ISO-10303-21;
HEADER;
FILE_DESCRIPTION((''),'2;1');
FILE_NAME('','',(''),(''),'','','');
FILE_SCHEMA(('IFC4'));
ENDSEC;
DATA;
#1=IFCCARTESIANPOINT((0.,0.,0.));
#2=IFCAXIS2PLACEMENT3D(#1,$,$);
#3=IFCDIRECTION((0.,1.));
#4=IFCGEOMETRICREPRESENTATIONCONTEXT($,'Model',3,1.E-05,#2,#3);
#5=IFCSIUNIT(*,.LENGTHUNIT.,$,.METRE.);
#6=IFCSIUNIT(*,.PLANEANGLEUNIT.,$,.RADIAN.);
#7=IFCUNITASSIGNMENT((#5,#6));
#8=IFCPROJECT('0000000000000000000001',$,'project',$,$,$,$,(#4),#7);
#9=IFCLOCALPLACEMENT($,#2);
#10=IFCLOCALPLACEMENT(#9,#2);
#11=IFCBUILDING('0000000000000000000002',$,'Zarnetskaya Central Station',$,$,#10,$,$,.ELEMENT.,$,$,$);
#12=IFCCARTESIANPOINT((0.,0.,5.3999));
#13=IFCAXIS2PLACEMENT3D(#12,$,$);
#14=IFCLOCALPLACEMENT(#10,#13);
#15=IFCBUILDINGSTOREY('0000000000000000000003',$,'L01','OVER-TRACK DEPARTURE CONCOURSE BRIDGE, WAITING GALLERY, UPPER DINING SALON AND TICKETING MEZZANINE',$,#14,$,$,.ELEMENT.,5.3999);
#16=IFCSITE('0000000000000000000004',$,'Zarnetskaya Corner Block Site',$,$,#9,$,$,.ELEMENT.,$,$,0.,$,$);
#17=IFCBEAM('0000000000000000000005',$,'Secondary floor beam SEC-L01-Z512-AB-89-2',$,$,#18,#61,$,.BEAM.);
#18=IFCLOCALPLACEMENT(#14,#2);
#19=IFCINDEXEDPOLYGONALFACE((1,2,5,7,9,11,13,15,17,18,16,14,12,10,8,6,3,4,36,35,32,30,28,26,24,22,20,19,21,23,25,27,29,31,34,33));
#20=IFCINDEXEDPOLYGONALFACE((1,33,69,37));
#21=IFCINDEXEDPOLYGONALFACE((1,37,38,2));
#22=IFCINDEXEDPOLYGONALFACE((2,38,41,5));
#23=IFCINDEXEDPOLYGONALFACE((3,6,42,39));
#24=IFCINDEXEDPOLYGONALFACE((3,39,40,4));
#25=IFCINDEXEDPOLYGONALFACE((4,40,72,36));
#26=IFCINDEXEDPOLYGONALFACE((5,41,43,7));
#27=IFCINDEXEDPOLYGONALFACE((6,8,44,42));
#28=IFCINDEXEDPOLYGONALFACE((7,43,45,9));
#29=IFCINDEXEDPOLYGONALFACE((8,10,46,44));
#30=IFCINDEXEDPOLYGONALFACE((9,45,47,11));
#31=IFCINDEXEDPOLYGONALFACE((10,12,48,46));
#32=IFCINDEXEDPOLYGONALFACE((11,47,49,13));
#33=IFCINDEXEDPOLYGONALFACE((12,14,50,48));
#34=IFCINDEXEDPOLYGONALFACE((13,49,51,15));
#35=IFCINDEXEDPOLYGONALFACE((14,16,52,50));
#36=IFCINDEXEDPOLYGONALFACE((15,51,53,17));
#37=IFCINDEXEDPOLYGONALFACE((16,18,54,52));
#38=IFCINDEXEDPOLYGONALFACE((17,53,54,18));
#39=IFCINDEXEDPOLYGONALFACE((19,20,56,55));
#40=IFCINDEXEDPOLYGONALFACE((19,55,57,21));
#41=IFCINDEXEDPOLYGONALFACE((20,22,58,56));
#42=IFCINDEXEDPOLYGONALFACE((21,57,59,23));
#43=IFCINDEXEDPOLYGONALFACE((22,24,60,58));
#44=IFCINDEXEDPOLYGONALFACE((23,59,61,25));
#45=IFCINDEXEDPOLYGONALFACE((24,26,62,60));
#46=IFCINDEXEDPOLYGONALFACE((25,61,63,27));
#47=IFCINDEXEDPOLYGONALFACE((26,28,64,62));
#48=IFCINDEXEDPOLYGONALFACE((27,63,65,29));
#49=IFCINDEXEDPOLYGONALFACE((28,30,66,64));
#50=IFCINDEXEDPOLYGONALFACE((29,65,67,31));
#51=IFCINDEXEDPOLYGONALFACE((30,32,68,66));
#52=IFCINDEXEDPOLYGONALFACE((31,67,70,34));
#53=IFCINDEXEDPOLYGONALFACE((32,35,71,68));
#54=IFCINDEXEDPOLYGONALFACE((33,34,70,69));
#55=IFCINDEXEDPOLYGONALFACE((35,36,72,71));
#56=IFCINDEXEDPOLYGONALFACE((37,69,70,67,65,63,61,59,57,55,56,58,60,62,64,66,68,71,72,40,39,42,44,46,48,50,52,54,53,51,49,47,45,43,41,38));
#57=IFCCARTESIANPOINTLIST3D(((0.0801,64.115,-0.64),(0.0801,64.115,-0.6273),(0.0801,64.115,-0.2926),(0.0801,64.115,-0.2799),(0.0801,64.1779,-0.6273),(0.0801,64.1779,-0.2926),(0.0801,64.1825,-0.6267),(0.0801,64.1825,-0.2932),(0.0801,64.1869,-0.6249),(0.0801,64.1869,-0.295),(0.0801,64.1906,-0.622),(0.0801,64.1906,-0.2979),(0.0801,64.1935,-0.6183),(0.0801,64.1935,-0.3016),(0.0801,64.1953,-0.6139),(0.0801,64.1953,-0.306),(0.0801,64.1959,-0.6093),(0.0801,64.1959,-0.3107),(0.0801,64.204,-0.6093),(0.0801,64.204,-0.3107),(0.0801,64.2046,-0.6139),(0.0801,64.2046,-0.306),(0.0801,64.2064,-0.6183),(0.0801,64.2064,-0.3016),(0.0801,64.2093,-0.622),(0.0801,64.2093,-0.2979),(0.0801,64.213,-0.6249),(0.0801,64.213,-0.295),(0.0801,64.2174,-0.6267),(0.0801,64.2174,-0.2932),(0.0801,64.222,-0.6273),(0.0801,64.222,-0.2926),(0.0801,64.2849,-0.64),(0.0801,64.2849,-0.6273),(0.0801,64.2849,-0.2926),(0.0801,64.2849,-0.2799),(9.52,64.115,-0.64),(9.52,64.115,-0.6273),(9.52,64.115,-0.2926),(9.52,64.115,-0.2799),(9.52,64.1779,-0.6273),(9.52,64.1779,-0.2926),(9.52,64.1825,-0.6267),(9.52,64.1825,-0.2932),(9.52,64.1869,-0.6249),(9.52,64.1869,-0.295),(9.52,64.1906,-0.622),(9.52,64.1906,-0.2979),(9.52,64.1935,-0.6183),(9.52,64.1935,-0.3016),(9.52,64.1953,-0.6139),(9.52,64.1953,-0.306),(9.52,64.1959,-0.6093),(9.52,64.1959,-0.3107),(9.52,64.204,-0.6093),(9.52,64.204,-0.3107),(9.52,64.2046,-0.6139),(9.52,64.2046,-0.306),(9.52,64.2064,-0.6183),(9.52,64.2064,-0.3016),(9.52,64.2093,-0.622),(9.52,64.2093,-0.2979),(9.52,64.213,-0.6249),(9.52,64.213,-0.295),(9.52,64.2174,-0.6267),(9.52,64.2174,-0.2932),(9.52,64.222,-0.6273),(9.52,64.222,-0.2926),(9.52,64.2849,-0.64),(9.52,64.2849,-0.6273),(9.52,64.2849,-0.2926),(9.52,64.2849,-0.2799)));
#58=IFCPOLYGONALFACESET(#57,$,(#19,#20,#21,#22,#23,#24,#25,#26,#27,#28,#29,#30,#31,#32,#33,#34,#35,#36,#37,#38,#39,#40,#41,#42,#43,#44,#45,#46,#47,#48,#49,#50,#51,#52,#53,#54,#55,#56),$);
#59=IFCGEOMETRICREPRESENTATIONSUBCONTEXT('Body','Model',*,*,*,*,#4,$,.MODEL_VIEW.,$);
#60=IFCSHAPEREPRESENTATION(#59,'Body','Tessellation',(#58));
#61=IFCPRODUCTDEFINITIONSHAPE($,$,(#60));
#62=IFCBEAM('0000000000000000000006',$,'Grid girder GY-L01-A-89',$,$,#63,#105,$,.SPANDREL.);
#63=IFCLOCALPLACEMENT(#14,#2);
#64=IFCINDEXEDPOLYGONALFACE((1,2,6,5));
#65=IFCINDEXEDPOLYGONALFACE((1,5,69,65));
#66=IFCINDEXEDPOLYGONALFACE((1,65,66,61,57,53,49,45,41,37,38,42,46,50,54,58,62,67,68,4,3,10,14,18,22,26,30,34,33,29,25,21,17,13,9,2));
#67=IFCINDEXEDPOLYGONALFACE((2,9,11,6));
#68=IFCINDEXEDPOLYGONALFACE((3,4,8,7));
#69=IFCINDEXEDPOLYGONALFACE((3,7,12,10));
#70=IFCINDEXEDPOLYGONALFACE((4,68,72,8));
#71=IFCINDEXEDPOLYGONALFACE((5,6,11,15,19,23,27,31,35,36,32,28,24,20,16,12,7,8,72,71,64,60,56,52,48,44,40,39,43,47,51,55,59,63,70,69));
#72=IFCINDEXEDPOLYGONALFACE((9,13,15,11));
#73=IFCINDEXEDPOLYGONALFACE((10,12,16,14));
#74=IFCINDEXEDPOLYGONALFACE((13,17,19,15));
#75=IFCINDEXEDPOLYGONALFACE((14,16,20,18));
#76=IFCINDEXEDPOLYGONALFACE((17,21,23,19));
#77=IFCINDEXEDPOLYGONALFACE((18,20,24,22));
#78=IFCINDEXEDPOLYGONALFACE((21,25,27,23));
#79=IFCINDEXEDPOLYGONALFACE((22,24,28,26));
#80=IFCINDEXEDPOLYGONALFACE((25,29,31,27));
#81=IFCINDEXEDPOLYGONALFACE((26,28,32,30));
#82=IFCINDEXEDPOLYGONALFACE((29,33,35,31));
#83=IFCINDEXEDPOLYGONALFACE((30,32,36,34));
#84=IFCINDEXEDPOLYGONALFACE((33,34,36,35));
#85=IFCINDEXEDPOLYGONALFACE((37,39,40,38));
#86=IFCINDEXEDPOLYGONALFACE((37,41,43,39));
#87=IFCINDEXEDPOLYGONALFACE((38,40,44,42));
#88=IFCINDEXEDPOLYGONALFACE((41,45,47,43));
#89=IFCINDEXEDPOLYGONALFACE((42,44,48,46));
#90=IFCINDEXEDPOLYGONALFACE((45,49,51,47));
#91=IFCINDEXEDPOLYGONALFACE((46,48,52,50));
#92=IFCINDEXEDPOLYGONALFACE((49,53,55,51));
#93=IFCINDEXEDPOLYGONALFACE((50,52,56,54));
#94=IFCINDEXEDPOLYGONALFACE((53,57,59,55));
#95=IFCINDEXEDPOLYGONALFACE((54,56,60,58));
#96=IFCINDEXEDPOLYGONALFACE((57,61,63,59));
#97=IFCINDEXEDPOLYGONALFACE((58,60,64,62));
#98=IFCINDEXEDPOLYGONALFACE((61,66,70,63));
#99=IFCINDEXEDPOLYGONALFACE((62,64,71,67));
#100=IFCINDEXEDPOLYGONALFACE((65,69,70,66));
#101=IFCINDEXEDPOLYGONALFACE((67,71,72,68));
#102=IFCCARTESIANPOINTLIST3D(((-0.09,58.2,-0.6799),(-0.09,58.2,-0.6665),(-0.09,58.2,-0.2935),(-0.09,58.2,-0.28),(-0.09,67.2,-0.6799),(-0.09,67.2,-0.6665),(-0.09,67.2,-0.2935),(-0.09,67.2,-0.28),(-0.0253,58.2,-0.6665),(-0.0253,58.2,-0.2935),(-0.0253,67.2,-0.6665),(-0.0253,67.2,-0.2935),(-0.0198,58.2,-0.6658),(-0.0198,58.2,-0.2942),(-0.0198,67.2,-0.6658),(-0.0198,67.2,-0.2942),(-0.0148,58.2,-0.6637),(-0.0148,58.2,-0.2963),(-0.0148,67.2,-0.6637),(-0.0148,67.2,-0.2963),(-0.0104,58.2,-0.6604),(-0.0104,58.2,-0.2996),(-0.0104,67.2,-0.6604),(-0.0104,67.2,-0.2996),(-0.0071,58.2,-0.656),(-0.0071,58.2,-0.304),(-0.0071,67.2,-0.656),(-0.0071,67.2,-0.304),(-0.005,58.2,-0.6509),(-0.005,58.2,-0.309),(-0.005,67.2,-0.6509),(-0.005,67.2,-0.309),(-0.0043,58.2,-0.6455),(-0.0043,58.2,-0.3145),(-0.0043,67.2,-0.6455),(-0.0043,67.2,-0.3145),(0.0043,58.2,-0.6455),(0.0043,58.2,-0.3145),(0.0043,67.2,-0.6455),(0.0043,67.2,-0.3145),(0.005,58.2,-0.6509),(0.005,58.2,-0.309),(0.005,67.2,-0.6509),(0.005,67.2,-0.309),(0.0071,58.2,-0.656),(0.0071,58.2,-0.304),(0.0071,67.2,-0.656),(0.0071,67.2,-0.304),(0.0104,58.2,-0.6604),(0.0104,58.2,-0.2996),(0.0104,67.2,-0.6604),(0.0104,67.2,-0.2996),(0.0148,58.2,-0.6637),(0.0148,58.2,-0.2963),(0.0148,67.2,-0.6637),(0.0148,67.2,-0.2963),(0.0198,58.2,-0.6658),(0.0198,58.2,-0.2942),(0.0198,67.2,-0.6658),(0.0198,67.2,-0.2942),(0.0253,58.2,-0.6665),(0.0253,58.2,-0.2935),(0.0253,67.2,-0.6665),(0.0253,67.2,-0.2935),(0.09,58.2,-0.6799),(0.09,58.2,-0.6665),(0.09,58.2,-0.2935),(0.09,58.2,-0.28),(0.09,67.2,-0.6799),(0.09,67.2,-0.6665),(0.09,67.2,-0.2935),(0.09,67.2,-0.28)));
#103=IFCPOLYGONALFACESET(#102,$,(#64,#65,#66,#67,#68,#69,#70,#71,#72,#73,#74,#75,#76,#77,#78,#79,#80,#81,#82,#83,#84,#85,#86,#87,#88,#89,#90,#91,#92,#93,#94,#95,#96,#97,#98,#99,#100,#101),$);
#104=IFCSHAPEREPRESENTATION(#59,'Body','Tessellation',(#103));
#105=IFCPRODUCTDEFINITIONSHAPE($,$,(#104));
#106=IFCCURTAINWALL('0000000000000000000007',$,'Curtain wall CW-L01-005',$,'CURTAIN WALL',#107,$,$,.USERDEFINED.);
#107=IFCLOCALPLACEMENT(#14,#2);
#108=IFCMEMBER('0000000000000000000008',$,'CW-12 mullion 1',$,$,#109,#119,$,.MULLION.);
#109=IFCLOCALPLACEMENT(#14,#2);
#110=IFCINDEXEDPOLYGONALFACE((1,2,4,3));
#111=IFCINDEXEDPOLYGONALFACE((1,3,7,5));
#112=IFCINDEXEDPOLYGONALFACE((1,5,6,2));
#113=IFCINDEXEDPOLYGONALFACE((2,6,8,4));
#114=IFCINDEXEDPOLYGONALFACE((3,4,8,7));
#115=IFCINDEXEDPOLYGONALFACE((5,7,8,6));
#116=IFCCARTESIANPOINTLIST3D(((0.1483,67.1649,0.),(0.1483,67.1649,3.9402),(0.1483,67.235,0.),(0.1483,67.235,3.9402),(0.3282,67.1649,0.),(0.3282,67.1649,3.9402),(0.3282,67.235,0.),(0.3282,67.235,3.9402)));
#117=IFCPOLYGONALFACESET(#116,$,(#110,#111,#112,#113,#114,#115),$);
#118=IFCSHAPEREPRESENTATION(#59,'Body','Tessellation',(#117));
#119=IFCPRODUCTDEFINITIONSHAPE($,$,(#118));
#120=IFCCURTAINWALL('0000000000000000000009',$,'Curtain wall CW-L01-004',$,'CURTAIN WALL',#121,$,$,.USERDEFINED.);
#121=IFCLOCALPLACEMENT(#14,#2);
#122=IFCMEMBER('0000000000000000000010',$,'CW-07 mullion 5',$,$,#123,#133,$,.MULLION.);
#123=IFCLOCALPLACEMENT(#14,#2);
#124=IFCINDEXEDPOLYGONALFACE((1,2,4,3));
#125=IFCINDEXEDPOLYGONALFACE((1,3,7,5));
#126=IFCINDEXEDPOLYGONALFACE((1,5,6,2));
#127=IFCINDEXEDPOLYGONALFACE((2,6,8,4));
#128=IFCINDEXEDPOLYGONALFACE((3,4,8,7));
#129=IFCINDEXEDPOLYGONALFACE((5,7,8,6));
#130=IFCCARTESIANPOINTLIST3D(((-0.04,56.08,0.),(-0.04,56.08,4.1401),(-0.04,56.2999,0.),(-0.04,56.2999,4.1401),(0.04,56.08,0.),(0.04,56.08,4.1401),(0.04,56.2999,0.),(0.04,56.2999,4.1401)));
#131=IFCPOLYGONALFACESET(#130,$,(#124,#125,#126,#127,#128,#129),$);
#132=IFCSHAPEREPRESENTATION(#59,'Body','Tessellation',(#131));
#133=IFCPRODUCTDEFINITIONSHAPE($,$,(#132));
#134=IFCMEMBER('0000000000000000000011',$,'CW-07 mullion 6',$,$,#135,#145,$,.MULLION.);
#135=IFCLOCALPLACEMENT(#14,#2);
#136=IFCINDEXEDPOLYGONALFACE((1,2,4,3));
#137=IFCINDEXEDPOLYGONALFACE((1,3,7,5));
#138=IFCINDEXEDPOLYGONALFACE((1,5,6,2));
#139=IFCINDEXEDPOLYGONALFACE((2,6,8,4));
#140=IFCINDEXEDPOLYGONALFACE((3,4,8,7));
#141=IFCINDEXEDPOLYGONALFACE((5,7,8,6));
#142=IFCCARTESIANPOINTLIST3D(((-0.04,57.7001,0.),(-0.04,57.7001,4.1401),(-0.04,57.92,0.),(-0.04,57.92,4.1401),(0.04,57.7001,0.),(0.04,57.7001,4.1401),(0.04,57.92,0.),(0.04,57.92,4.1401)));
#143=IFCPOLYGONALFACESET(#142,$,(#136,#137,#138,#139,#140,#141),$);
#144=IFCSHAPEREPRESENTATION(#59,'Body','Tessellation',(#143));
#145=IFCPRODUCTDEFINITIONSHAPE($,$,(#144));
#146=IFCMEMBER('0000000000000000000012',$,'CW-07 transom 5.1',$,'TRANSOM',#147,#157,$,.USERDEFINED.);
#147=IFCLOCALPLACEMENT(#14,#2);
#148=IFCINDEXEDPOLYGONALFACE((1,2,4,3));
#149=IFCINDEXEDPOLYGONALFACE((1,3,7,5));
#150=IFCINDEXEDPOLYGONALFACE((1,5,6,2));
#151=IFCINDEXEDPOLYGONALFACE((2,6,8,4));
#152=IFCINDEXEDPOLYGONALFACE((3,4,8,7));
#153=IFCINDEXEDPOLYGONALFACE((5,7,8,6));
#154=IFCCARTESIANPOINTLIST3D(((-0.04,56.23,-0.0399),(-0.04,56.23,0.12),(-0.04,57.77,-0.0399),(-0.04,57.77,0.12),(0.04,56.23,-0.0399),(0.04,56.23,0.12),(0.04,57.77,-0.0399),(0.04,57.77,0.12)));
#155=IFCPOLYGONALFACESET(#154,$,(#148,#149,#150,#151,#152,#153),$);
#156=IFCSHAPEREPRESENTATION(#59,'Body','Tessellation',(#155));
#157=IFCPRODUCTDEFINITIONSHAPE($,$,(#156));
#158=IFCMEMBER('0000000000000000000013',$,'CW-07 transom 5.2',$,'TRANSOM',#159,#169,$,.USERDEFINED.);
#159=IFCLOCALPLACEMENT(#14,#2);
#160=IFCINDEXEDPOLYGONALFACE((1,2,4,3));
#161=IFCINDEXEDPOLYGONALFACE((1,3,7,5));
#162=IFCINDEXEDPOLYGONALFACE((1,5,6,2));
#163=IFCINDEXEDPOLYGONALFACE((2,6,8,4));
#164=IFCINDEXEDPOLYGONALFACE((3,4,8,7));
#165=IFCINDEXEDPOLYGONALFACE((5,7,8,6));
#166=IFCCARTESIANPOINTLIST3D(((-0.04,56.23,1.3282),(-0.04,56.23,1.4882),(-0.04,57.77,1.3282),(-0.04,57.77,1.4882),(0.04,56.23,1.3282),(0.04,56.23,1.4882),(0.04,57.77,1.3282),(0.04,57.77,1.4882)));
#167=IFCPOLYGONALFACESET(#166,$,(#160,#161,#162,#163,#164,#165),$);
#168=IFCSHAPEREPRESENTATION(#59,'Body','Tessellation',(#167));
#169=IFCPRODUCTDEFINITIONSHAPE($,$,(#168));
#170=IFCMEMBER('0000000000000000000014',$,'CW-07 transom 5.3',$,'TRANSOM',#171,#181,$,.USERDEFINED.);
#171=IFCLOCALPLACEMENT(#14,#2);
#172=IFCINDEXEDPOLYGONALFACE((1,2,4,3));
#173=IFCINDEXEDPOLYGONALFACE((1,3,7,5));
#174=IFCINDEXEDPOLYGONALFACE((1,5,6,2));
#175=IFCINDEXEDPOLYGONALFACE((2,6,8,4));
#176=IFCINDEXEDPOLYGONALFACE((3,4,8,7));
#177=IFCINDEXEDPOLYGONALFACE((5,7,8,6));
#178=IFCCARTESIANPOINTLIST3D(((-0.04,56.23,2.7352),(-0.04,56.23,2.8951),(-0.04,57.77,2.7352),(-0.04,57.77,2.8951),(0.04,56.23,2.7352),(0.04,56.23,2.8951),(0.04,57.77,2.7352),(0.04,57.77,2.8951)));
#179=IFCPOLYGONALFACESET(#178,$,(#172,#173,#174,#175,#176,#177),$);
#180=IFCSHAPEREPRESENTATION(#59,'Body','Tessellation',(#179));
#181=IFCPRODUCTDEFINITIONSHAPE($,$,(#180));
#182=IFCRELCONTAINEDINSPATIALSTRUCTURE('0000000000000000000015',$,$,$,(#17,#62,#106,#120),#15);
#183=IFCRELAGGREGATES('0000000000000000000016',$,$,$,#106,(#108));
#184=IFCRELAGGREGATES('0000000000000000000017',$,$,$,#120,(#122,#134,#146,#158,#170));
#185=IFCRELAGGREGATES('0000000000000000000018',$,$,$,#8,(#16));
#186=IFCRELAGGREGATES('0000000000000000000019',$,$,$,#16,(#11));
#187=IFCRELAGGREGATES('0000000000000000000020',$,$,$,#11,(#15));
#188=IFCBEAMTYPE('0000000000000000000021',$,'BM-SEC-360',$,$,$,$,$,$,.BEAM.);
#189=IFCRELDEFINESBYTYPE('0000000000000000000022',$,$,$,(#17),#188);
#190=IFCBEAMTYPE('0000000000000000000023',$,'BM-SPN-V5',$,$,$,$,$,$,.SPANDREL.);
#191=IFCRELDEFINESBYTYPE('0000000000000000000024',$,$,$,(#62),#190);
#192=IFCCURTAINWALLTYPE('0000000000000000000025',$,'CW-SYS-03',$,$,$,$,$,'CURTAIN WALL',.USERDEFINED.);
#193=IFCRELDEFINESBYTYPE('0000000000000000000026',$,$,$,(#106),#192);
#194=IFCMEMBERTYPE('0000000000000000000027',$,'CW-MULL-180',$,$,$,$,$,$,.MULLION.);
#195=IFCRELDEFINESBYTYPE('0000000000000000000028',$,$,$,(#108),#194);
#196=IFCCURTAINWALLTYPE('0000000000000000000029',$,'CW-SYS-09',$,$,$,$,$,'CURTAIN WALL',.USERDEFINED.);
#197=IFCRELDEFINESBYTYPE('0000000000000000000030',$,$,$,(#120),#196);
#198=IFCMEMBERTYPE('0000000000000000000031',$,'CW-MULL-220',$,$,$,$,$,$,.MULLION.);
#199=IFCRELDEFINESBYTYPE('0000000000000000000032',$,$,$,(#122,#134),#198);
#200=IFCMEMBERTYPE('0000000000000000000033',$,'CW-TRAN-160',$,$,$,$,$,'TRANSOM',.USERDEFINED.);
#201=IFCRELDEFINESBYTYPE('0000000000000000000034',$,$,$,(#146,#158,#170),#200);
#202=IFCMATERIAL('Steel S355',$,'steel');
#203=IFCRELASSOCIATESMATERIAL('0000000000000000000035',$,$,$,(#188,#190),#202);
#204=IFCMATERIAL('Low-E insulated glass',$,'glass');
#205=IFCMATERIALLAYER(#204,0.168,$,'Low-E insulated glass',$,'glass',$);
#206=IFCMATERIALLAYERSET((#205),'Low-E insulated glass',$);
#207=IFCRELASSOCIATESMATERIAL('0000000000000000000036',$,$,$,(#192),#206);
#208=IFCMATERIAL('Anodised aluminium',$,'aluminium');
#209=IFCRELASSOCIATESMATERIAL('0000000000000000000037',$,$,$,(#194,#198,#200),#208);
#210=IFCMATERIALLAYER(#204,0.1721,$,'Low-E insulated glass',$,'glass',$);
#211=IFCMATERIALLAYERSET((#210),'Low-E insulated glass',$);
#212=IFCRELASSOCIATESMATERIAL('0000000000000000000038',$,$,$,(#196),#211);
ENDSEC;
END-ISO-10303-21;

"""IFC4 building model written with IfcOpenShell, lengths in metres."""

from ifc_helpers import new_model, si_unit, direction, frame, origin, origin_2d, place, context, subcontext, project, spatial, rectangle, i_section, extrude, material, layer, layer_set, material_profile, profile_set, type_object, element, aggregate, save


model = new_model("IFC4")

# Units and contexts
model_context = context("Model", 3, precision=1e-05, world=origin(), true_north=direction((0.0, 1.0)))
body_context = subcontext(model_context, "Body", "Model", "MODEL_VIEW")
ifc_project = project(units=[si_unit("LENGTHUNIT", "METRE"), si_unit("PLANEANGLEUNIT", "RADIAN")], contexts=[model_context])

# Site, building, storey
site_placement = place(None, origin())
site = spatial("IfcSite", under=ifc_project, at=site_placement, Name="Zarnetskaya Corner Block Site", CompositionType="ELEMENT", RefElevation=0.0)
building_placement = place(site_placement, origin())
building = spatial("IfcBuilding", under=site, at=building_placement, Name="Zarnetskaya Central Station", CompositionType="ELEMENT")
storey_placement = place(building_placement, frame((0.0, 0.0, 5.3999)))
storey = spatial("IfcBuildingStorey", under=building, at=storey_placement, Name="L01", Description="OVER-TRACK DEPARTURE CONCOURSE BRIDGE, WAITING GALLERY, UPPER DINING SALON AND TICKETING MEZZANINE", CompositionType="ELEMENT", Elevation=5.3999)

# Shared definitions
ifc_material_1 = material(Name="Steel S355", Category="steel")

# Beams
ifc_material_profile_1 = material_profile(ifc_material_1, i_section(OverallWidth=0.1699, OverallDepth=0.3601, WebThickness=0.0081, FlangeThickness=0.0127, FilletRadius=0.0181, at=origin_2d()), Name="IPE 360")
ifc_profile_set_1 = profile_set([ifc_material_profile_1], Name="Steel S355")
beam_type_1 = type_object("IfcBeamType", Name="BM-SEC-360", PredefinedType="BEAM", material=ifc_profile_set_1)
for number, where, z_axis, x_axis, name in (
    (1, (0.0801, 64.2, -0.46), (1.0, 0.0, 0.0), (0.0, 1.0, 0.0), "Secondary floor beam SEC-L01-Z512-AB-89-2"),
):
    element("IfcBeam", number, at=place(storey_placement, frame(where, z_axis=z_axis, x_axis=x_axis)), inside=storey, type_object=beam_type_1, Name=name, PredefinedType="BEAM", context=body_context, shape_type="SweptSolid", body=[
        extrude(i_section(OverallWidth=0.1699, OverallDepth=0.3601, WebThickness=0.0081, FlangeThickness=0.0127, FilletRadius=0.0181, at=origin_2d()), origin(), (0.0, 0.0, 1.0), 9.4399),
    ])
ifc_material_profile_2 = material_profile(ifc_material_1, i_section(OverallWidth=0.1799, OverallDepth=0.3999, WebThickness=0.0085, FlangeThickness=0.0134, FilletRadius=0.021, at=origin_2d()), Name="IPE 400")
ifc_profile_set_2 = profile_set([ifc_material_profile_2], Name="Steel S355")
beam_type_2 = type_object("IfcBeamType", Name="BM-SPN-V5", PredefinedType="SPANDREL", material=ifc_profile_set_2)
beam_placement = place(storey_placement, frame((0.0, 58.2, -0.48), z_axis=(0.0, 1.0, 0.0), x_axis=(-1.0, 0.0, 0.0)))
element("IfcBeam", 2, at=beam_placement, inside=storey, type_object=beam_type_2, Name="Grid girder GY-L01-A-89", PredefinedType="SPANDREL", context=body_context, shape_type="SweptSolid", body=[
    extrude(i_section(OverallWidth=0.1799, OverallDepth=0.3999, WebThickness=0.0085, FlangeThickness=0.0134, FilletRadius=0.021, at=origin_2d()), origin(), (0.0, 0.0, 1.0), 9.0),
])

# Curtain wall, member
ifc_material_2 = material(Name="Low-E insulated glass", Category="glass")
ifc_layer_1 = layer(ifc_material_2, 0.168, Name="Low-E insulated glass", Category="glass")
ifc_layer_set_1 = layer_set([ifc_layer_1], Name="Low-E insulated glass")
curtain_wall_type_1 = type_object("IfcCurtainWallType", Name="CW-SYS-03", ElementType="CURTAIN WALL", PredefinedType="USERDEFINED", material=ifc_layer_set_1)
curtain_wall_1_placement = place(storey_placement, origin())
curtain_wall_1 = element("IfcCurtainWall", 3, at=curtain_wall_1_placement, inside=storey, type_object=curtain_wall_type_1, Name="Curtain wall CW-L01-005", ObjectType="CURTAIN WALL", PredefinedType="USERDEFINED")
ifc_material_3 = material(Name="Anodised aluminium", Category="aluminium")
ifc_material_profile_3 = material_profile(ifc_material_3, rectangle(XDim=0.0701, YDim=0.1799, at=origin_2d()), Name="ALU MULL 70x180")
ifc_profile_set_3 = profile_set([ifc_material_profile_3], Name="Anodised aluminium")
member_type_1 = type_object("IfcMemberType", Name="CW-MULL-180", PredefinedType="MULLION", material=ifc_profile_set_3)
member_1_placement = place(storey_placement, frame((0.2383, 67.2, 0.0), z_axis=(0.0, 0.0, 1.0), x_axis=(0.0, 1.0, 0.0)))
member_1 = element("IfcMember", 4, at=member_1_placement, type_object=member_type_1, Name="CW-12 mullion 1", PredefinedType="MULLION", context=body_context, shape_type="SweptSolid", body=[
    extrude(rectangle(XDim=0.0701, YDim=0.1799, at=origin_2d()), origin(), (0.0, 0.0, 1.0), 3.9402),
])
aggregate(curtain_wall_1, [member_1])

# Curtain wall, members
ifc_layer_2 = layer(ifc_material_2, 0.1721, Name="Low-E insulated glass", Category="glass")
ifc_layer_set_2 = layer_set([ifc_layer_2], Name="Low-E insulated glass")
curtain_wall_type_2 = type_object("IfcCurtainWallType", Name="CW-SYS-09", ElementType="CURTAIN WALL", PredefinedType="USERDEFINED", material=ifc_layer_set_2)
curtain_wall_2_placement = place(storey_placement, origin())
curtain_wall_2 = element("IfcCurtainWall", 5, at=curtain_wall_2_placement, inside=storey, type_object=curtain_wall_type_2, Name="Curtain wall CW-L01-004", ObjectType="CURTAIN WALL", PredefinedType="USERDEFINED")
ifc_material_profile_4 = material_profile(ifc_material_3, rectangle(XDim=0.0801, YDim=0.22, at=origin_2d()), Name="ALU MULL 80x220")
ifc_profile_set_4 = profile_set([ifc_material_profile_4], Name="Anodised aluminium")
member_type_2 = type_object("IfcMemberType", Name="CW-MULL-220", PredefinedType="MULLION", material=ifc_profile_set_4)
member_2_placement = place(storey_placement, frame((0.0, 56.1899, 0.0), z_axis=(0.0, 0.0, 1.0), x_axis=(-1.0, 0.0, 0.0)))
member_2 = element("IfcMember", 6, at=member_2_placement, type_object=member_type_2, Name="CW-07 mullion 5", PredefinedType="MULLION", context=body_context, shape_type="SweptSolid", body=[
    extrude(rectangle(XDim=0.0801, YDim=0.22, at=origin_2d()), origin(), (0.0, 0.0, 1.0), 4.1401),
])
member_3_placement = place(storey_placement, frame((0.0, 57.8101, 0.0), z_axis=(0.0, 0.0, 1.0), x_axis=(-1.0, 0.0, 0.0)))
member_3 = element("IfcMember", 7, at=member_3_placement, type_object=member_type_2, Name="CW-07 mullion 6", PredefinedType="MULLION", context=body_context, shape_type="SweptSolid", body=[
    extrude(rectangle(XDim=0.0801, YDim=0.22, at=origin_2d()), origin(), (0.0, 0.0, 1.0), 4.1401),
])
ifc_material_profile_5 = material_profile(ifc_material_3, rectangle(XDim=0.0801, YDim=0.1599, at=origin_2d()), Name="ALU TRAN 80x160")
ifc_profile_set_5 = profile_set([ifc_material_profile_5], Name="Anodised aluminium")
member_type_3 = type_object("IfcMemberType", Name="CW-TRAN-160", ElementType="TRANSOM", PredefinedType="USERDEFINED", material=ifc_profile_set_5)
member_4_placement = place(storey_placement, frame((0.0, 56.23, 0.04), z_axis=(0.0, 1.0, 0.0), x_axis=(-1.0, 0.0, 0.0)))
member_4 = element("IfcMember", 8, at=member_4_placement, type_object=member_type_3, Name="CW-07 transom 5.1", ObjectType="TRANSOM", PredefinedType="USERDEFINED", context=body_context, shape_type="SweptSolid", body=[
    extrude(rectangle(XDim=0.0801, YDim=0.1599, at=origin_2d()), origin(), (0.0, 0.0, 1.0), 1.54),
])
member_5_placement = place(storey_placement, frame((0.0, 56.23, 1.4082), z_axis=(0.0, 1.0, 0.0), x_axis=(-1.0, 0.0, 0.0)))
member_5 = element("IfcMember", 9, at=member_5_placement, type_object=member_type_3, Name="CW-07 transom 5.2", ObjectType="TRANSOM", PredefinedType="USERDEFINED", context=body_context, shape_type="SweptSolid", body=[
    extrude(rectangle(XDim=0.0801, YDim=0.1599, at=origin_2d()), origin(), (0.0, 0.0, 1.0), 1.54),
])
member_6_placement = place(storey_placement, frame((0.0, 56.23, 2.8152), z_axis=(0.0, 1.0, 0.0), x_axis=(-1.0, 0.0, 0.0)))
member_6 = element("IfcMember", 10, at=member_6_placement, type_object=member_type_3, Name="CW-07 transom 5.3", ObjectType="TRANSOM", PredefinedType="USERDEFINED", context=body_context, shape_type="SweptSolid", body=[
    extrude(rectangle(XDim=0.0801, YDim=0.1599, at=origin_2d()), origin(), (0.0, 0.0, 1.0), 1.54),
])

aggregate(curtain_wall_2, [member_2, member_3, member_4, member_5, member_6])

save(model, "model.ifc")
